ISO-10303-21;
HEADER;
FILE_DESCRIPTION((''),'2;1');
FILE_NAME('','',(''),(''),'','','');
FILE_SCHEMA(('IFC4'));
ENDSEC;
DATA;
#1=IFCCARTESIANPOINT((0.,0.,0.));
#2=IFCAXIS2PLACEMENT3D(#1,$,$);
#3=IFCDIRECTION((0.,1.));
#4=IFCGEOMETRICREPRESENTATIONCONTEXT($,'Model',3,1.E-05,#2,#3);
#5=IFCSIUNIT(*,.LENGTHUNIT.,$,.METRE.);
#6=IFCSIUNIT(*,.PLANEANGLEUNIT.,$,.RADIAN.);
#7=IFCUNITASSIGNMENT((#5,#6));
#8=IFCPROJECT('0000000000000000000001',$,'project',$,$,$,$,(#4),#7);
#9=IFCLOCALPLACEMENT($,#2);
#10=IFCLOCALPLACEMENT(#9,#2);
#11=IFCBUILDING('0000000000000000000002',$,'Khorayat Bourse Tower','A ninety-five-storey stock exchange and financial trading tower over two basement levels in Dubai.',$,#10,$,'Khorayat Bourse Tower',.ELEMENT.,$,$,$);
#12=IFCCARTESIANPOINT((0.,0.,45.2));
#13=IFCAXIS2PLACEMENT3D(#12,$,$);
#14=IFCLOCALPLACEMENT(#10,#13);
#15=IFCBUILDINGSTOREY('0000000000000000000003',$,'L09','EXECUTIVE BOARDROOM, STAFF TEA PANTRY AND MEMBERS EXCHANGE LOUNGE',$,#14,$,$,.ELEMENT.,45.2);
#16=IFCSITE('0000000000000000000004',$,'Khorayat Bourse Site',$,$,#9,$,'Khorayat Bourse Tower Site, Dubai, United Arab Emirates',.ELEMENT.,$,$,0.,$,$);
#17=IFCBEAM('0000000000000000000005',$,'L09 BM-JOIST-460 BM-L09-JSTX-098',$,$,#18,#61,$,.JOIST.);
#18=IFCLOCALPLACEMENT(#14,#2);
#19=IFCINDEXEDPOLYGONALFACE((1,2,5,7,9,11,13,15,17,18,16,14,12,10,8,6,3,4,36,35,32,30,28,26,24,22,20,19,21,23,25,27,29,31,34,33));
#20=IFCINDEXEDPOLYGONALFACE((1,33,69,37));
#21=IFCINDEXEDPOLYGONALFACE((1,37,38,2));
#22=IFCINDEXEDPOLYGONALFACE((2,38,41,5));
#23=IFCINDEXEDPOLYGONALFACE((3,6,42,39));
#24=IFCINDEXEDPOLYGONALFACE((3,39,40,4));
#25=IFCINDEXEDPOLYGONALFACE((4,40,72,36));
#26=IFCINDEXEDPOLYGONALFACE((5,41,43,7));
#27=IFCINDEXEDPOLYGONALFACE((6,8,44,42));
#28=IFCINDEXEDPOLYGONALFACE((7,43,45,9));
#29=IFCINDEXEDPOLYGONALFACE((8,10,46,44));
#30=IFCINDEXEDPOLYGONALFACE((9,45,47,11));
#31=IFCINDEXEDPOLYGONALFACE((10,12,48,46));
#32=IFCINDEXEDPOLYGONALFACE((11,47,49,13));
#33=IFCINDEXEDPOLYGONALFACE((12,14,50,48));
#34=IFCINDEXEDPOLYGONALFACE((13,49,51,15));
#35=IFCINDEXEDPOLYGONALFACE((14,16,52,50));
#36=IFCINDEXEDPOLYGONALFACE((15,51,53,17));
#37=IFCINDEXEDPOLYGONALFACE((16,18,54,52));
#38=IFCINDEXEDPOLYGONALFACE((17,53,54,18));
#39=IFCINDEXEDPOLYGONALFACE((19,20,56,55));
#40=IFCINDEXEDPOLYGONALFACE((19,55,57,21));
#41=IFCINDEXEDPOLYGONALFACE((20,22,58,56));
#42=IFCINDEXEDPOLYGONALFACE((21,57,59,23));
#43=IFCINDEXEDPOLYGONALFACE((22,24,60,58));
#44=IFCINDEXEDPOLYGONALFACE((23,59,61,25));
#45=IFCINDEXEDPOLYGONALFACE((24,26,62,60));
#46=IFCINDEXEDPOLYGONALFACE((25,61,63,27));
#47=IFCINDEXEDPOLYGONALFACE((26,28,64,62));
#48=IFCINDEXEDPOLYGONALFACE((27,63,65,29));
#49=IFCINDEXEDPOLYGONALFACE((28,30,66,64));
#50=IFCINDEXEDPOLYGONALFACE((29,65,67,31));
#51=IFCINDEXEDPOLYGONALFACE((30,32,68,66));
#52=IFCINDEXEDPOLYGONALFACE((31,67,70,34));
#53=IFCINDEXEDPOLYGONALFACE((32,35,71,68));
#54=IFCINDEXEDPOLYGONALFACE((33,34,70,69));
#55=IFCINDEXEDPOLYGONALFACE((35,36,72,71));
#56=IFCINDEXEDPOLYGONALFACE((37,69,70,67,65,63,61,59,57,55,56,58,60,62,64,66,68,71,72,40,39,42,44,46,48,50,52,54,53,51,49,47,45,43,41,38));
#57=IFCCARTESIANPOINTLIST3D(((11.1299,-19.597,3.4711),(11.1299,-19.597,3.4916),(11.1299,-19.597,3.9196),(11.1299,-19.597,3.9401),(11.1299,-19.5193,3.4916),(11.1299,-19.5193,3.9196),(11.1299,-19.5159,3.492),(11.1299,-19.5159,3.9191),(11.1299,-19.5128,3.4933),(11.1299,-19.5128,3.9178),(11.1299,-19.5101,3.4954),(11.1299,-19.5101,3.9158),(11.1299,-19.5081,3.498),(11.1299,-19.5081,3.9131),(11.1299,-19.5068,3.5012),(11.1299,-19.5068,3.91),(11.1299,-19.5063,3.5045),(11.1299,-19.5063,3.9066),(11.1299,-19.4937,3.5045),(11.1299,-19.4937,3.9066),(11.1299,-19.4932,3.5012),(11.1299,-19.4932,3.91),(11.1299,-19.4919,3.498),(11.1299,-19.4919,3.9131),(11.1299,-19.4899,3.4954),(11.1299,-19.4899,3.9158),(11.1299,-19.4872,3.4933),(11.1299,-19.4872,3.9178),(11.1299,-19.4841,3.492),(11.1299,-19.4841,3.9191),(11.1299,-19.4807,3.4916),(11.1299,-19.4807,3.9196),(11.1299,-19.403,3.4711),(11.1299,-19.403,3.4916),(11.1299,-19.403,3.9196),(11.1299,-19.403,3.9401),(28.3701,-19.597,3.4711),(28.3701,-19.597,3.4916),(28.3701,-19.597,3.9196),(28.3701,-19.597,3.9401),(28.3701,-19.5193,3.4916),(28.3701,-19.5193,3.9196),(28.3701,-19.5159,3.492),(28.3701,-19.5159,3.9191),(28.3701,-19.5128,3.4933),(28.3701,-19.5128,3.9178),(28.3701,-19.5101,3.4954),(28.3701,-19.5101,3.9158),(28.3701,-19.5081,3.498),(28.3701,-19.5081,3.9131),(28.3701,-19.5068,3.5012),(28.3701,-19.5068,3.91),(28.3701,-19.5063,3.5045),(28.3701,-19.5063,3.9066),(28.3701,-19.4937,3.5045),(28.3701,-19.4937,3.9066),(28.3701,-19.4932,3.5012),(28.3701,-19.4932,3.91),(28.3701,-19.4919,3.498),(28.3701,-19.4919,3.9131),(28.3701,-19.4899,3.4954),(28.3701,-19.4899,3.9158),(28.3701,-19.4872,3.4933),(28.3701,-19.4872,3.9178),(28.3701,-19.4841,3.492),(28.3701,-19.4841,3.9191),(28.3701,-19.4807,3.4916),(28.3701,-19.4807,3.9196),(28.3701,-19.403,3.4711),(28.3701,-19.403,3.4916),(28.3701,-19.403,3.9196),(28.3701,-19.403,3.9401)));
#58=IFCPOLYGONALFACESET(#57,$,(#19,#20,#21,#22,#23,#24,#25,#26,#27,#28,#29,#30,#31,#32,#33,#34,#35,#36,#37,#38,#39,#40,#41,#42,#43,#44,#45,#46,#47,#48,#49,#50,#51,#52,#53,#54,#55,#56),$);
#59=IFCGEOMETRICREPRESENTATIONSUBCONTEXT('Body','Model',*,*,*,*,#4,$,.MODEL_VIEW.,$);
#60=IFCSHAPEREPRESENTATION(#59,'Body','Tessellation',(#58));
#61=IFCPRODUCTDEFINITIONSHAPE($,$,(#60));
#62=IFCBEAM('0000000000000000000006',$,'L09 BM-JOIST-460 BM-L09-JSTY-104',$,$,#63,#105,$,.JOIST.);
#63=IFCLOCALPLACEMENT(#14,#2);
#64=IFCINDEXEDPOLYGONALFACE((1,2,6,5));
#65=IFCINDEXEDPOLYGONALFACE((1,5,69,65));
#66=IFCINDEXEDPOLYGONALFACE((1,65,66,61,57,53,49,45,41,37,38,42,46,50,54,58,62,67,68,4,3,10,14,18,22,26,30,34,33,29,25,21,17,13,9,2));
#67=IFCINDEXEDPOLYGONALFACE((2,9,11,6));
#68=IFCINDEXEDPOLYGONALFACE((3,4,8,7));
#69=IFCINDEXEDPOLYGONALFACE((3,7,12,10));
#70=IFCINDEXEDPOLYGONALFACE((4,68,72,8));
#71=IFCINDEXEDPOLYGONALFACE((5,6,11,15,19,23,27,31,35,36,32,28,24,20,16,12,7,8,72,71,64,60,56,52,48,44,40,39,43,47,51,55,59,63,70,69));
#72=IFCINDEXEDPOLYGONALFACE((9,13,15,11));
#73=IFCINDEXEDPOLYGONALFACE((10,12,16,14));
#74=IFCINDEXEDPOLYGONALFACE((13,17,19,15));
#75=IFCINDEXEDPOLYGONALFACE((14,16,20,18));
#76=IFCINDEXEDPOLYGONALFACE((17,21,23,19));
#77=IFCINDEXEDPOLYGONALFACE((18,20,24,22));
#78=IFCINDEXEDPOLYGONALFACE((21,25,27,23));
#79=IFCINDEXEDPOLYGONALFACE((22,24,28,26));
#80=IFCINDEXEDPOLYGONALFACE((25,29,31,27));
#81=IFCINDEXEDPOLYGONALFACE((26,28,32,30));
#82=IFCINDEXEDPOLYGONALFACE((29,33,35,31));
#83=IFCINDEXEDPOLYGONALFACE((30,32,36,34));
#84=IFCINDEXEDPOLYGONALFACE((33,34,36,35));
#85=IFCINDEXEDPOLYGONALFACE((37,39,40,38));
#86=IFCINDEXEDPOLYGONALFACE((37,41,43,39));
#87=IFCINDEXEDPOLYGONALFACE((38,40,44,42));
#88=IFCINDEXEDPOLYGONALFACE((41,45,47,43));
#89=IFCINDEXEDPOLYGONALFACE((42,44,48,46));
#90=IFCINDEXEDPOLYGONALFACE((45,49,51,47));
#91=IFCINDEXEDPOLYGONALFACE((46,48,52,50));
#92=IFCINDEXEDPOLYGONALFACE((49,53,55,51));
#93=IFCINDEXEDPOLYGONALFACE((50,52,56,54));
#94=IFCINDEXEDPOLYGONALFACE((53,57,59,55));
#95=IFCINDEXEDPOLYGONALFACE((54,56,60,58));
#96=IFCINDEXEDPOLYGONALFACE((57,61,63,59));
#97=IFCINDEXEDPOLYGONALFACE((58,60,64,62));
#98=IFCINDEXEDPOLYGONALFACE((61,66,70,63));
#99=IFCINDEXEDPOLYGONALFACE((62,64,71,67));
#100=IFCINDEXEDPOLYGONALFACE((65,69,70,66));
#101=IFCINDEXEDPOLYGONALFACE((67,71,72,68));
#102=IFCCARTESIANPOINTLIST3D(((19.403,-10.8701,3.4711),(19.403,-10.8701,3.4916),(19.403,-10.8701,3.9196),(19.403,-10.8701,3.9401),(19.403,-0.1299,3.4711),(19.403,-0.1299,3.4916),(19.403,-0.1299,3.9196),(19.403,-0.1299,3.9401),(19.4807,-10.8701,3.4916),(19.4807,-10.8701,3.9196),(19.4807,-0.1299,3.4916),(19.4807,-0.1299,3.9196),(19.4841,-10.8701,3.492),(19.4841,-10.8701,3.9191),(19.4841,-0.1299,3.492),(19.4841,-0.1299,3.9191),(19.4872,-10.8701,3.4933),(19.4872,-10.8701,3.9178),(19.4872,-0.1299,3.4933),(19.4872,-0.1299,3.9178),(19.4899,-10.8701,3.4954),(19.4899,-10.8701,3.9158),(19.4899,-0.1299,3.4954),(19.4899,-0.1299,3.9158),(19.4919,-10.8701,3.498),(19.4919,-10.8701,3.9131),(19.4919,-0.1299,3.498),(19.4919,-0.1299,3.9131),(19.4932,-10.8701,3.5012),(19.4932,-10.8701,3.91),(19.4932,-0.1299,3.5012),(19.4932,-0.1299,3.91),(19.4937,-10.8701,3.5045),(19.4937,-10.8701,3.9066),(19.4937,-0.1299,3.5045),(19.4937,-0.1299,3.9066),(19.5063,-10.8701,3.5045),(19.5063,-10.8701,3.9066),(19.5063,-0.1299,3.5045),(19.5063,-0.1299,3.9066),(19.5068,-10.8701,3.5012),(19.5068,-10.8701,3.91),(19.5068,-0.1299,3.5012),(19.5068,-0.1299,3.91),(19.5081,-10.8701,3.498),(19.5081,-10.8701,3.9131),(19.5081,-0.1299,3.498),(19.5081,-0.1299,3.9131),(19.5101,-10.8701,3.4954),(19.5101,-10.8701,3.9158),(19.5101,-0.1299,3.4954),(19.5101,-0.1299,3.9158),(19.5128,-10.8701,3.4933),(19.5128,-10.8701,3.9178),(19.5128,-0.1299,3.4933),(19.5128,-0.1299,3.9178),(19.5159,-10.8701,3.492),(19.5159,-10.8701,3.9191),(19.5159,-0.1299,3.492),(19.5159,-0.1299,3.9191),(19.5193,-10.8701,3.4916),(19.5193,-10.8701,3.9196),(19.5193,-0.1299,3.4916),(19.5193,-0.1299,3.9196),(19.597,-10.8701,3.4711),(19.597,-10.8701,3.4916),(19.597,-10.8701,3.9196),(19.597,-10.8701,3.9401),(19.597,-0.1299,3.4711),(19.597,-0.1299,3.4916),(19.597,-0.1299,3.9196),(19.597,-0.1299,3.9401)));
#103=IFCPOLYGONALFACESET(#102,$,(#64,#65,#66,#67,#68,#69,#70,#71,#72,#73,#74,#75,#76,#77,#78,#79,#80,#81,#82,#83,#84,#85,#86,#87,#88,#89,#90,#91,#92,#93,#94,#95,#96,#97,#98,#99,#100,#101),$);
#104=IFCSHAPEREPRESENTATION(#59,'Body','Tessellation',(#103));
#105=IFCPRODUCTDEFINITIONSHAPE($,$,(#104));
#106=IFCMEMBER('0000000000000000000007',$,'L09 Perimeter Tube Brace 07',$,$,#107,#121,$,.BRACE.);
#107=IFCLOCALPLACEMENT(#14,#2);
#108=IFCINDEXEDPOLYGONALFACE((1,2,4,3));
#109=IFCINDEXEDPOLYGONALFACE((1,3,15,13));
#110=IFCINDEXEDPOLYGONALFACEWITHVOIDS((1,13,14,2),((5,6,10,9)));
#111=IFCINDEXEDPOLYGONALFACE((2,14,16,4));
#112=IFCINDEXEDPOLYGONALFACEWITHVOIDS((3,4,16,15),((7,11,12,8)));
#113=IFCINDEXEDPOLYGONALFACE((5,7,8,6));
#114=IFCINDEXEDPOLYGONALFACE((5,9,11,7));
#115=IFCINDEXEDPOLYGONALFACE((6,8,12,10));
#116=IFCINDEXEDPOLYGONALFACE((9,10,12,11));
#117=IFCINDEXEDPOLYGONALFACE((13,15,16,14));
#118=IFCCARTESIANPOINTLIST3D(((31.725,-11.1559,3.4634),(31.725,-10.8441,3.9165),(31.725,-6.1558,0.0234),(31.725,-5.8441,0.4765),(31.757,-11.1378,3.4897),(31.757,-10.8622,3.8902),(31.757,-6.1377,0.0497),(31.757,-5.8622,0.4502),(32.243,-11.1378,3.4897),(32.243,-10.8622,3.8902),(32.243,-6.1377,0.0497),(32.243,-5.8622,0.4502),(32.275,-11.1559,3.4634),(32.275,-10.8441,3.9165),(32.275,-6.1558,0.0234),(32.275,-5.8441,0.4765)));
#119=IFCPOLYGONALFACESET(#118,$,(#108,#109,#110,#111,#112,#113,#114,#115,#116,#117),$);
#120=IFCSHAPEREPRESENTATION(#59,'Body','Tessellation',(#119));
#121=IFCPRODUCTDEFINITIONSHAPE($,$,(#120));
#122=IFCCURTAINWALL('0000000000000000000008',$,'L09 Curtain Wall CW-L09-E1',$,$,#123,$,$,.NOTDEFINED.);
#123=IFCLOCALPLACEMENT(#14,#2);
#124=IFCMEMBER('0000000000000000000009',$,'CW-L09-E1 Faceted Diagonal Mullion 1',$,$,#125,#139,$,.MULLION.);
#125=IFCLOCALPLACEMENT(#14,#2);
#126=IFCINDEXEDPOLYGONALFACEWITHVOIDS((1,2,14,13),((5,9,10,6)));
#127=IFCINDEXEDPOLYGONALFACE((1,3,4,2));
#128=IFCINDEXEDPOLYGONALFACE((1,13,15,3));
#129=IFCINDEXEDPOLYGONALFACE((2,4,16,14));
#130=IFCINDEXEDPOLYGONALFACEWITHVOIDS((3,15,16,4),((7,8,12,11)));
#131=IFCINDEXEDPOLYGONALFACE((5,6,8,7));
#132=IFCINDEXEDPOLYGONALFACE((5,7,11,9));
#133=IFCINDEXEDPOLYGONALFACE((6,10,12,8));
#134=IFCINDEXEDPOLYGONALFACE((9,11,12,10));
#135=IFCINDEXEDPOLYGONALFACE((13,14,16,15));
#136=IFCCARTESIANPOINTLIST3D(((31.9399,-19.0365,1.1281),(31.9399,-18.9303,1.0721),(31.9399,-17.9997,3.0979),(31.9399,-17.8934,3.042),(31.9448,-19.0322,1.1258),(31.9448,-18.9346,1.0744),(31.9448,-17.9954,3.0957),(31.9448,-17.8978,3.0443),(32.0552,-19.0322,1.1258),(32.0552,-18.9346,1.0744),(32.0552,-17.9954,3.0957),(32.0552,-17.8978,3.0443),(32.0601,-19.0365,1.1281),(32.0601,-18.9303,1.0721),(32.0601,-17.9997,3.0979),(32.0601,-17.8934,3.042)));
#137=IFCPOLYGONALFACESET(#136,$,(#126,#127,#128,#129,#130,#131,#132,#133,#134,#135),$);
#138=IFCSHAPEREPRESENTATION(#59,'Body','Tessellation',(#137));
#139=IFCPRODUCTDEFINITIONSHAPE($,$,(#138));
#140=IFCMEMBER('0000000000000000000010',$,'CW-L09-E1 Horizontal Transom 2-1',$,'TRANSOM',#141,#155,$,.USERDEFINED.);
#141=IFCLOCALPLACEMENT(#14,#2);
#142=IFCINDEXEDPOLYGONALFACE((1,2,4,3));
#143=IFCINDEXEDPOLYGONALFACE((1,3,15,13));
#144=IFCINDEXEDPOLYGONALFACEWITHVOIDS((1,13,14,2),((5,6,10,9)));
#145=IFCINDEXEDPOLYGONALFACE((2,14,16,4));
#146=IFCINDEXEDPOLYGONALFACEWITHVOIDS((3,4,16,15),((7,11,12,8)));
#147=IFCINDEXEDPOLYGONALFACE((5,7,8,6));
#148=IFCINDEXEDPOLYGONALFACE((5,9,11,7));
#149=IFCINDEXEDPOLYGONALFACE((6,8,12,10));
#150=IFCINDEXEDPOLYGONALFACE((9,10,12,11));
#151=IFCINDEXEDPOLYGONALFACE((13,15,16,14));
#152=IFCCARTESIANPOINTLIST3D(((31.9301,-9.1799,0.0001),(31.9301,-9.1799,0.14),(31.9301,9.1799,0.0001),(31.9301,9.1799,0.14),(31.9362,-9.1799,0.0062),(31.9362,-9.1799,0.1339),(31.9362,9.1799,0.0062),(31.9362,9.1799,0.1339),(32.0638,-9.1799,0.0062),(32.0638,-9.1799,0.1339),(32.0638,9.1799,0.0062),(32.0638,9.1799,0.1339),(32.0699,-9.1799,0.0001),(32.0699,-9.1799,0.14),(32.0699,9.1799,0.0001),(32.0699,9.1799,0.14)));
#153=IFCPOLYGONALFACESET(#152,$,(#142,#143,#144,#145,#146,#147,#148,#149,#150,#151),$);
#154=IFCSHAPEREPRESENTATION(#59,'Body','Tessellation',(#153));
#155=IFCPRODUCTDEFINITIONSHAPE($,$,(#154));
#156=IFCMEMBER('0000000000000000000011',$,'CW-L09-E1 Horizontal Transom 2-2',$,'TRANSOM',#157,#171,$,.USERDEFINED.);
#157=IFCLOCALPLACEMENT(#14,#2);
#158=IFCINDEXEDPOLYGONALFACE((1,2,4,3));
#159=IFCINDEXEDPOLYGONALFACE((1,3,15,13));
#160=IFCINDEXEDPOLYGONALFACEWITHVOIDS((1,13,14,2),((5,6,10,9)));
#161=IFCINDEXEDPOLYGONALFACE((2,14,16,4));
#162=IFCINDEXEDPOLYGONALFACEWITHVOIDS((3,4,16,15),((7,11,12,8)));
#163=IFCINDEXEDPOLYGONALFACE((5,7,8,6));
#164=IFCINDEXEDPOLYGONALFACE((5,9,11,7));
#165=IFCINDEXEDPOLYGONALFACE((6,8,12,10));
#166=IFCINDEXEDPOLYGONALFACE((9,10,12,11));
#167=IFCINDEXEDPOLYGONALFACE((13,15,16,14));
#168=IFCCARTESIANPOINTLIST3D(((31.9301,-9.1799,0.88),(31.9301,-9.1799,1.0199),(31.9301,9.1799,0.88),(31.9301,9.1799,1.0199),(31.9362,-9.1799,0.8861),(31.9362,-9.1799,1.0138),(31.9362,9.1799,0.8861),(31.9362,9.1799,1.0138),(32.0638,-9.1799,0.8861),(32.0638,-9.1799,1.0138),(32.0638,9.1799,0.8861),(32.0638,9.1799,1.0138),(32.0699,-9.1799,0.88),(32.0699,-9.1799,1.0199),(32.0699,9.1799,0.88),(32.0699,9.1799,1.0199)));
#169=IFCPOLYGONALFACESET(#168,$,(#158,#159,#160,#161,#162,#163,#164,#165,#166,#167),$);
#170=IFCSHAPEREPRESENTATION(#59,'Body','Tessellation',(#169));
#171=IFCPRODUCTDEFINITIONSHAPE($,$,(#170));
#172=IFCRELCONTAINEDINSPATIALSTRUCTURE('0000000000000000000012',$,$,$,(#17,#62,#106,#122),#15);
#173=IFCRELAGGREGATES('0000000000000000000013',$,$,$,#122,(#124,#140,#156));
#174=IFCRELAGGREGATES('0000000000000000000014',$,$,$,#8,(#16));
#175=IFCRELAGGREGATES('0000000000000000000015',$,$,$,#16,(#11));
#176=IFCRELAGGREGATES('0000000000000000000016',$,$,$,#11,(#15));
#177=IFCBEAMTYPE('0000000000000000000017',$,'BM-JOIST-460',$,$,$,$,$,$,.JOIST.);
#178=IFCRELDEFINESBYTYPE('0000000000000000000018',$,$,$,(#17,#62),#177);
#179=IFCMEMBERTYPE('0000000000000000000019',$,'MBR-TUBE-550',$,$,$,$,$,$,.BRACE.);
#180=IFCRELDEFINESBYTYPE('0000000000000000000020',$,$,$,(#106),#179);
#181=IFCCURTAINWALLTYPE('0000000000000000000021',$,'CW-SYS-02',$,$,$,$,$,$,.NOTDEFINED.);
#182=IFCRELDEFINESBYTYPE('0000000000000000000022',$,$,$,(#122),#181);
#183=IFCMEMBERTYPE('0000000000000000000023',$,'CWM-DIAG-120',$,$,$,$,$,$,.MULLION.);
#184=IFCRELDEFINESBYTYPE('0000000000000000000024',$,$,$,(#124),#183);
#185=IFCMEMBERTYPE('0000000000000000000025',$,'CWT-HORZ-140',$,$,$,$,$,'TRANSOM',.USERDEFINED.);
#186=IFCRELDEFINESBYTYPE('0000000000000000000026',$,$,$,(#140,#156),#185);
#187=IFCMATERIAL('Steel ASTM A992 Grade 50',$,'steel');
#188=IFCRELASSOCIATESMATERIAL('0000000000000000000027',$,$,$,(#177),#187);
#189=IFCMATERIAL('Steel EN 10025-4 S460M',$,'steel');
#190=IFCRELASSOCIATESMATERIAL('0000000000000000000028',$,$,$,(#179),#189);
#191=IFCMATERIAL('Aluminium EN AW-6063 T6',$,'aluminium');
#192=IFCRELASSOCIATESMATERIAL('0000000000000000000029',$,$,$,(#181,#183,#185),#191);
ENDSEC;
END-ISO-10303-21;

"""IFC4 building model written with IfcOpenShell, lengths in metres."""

from ifc_helpers import new_model, si_unit, direction, frame, origin, origin_2d, place, context, subcontext, project, spatial, hollow_rectangle, i_section, extrude, source, transform, mapped, material, material_profile, profile_set, type_object, element, aggregate, save


model = new_model("IFC4")

# Units and contexts
model_context = context("Model", 3, precision=1e-05, world=origin(), true_north=direction((0.0, 1.0)))
body_context = subcontext(model_context, "Body", "Model", "MODEL_VIEW")
ifc_project = project(units=[si_unit("LENGTHUNIT", "METRE"), si_unit("PLANEANGLEUNIT", "RADIAN")], contexts=[model_context])

# Site, building, storey
site_placement = place(None, origin())
site = spatial("IfcSite", under=ifc_project, at=site_placement, Name="Khorayat Bourse Site", LongName="Khorayat Bourse Tower Site, Dubai, United Arab Emirates", CompositionType="ELEMENT", RefElevation=0.0)
building_placement = place(site_placement, origin())
building = spatial("IfcBuilding", under=site, at=building_placement, Name="Khorayat Bourse Tower", Description="A ninety-five-storey stock exchange and financial trading tower over two basement levels in Dubai.", LongName="Khorayat Bourse Tower", CompositionType="ELEMENT")
storey_placement = place(building_placement, frame((0.0, 0.0, 45.2)))
storey = spatial("IfcBuildingStorey", under=building, at=storey_placement, Name="L09", Description="EXECUTIVE BOARDROOM, STAFF TEA PANTRY AND MEMBERS EXCHANGE LOUNGE", CompositionType="ELEMENT", Elevation=45.2)

# Shared definitions
ifc_material_1 = material(Name="Steel EN 10025-4 S460M", Category="steel")

# Beams
ifc_material_2 = material(Name="Steel ASTM A992 Grade 50", Category="steel")
ifc_material_profile_1 = material_profile(ifc_material_2, i_section(OverallWidth=0.1941, OverallDepth=0.469, WebThickness=0.0127, FlangeThickness=0.0205, FilletRadius=0.0129, at=origin_2d()), Name="W460X106")
ifc_profile_set_1 = profile_set([ifc_material_profile_1], Name="Steel ASTM A992 Grade 50")
beam_type_1 = type_object("IfcBeamType", Name="BM-JOIST-460", PredefinedType="JOIST", material=ifc_profile_set_1)
shared_shape_1 = source(origin(), body_context, "Body", "SweptSolid", [
    extrude(i_section(OverallWidth=0.1941, OverallDepth=0.469, WebThickness=0.0127, FlangeThickness=0.0205, FilletRadius=0.0129, at=origin_2d()), origin(), (0.0, 0.0, 1.0), 17.2402),
])
beam_1_placement = place(storey_placement, frame((11.1299, -19.5, 3.7056), z_axis=(1.0, 0.0, 0.0), x_axis=(0.0, 1.0, 0.0)))
element("IfcBeam", 1, at=beam_1_placement, inside=storey, type_object=beam_type_1, Name="L09 BM-JOIST-460 BM-L09-JSTX-098", PredefinedType="JOIST", context=body_context, shape_type="MappedRepresentation", body=[
    mapped(shared_shape_1, transform((0.0, 0.0, 0.0), scale=1.0)),
])
shared_shape_2 = source(origin(), body_context, "Body", "SweptSolid", [
    extrude(i_section(OverallWidth=0.1941, OverallDepth=0.469, WebThickness=0.0127, FlangeThickness=0.0205, FilletRadius=0.0129, at=origin_2d()), origin(), (0.0, 0.0, 1.0), 10.7402),
])
beam_2_placement = place(storey_placement, frame((19.5, -10.8701, 3.7056), z_axis=(0.0, 1.0, 0.0), x_axis=(-1.0, 0.0, 0.0)))
element("IfcBeam", 2, at=beam_2_placement, inside=storey, type_object=beam_type_1, Name="L09 BM-JOIST-460 BM-L09-JSTY-104", PredefinedType="JOIST", context=body_context, shape_type="MappedRepresentation", body=[
    mapped(shared_shape_2, transform((0.0, 0.0, 0.0), scale=1.0)),
])

# Member
ifc_material_profile_2 = material_profile(ifc_material_1, hollow_rectangle(XDim=0.55, YDim=0.55, WallThickness=0.032, at=origin_2d()), Name="HSS 550x550x32")
ifc_profile_set_2 = profile_set([ifc_material_profile_2], Name="Steel EN 10025-4 S460M")
member_type_1 = type_object("IfcMemberType", Name="MBR-TUBE-550", PredefinedType="BRACE", material=ifc_profile_set_2)
shared_shape_3 = source(origin(), body_context, "Body", "SweptSolid", [
    extrude(hollow_rectangle(XDim=0.55, YDim=0.55, WallThickness=0.032, at=origin_2d()), origin(), (0.0, 0.0, 1.0), 6.0691),
])
member_1_placement = place(storey_placement, frame((32.0, -11.0, 3.6899), z_axis=(0.0, 0.823854, -0.566802), x_axis=(-1.0, 0.0, 0.0)))
element("IfcMember", 3, at=member_1_placement, inside=storey, type_object=member_type_1, Name="L09 Perimeter Tube Brace 07", PredefinedType="BRACE", context=body_context, shape_type="MappedRepresentation", body=[
    mapped(shared_shape_3, transform((0.0, 0.0, 0.0), scale=1.0)),
])

# Curtain wall, members
ifc_material_3 = material(Name="Aluminium EN AW-6063 T6", Category="aluminium")
curtain_wall_type = type_object("IfcCurtainWallType", Name="CW-SYS-02", PredefinedType="NOTDEFINED", material=ifc_material_3)
curtain_wall_placement = place(storey_placement, origin())
curtain_wall = element("IfcCurtainWall", 4, at=curtain_wall_placement, inside=storey, type_object=curtain_wall_type, Name="L09 Curtain Wall CW-L09-E1", PredefinedType="NOTDEFINED")
ifc_material_profile_3 = material_profile(ifc_material_3, hollow_rectangle(XDim=0.1201, YDim=0.1201, WallThickness=0.0049, at=origin_2d()), Name="ALU 120x120x5")
ifc_profile_set_3 = profile_set([ifc_material_profile_3], Name="Aluminium EN AW-6063 T6")
member_type_2 = type_object("IfcMemberType", Name="CWM-DIAG-120", PredefinedType="MULLION", material=ifc_profile_set_3)
shared_shape_4 = source(origin(), body_context, "Body", "SweptSolid", [
    extrude(hollow_rectangle(XDim=0.1201, YDim=0.1201, WallThickness=0.0049, at=origin_2d()), origin(), (0.0, 0.0, 1.0), 2.2261),
])
member_2_placement = place(storey_placement, frame((32.0, -18.9834, 1.1001), z_axis=(0.0, 0.46576, 0.884911), x_axis=(-1.0, 0.0, 0.0)))
member_2 = element("IfcMember", 5, at=member_2_placement, type_object=member_type_2, Name="CW-L09-E1 Faceted Diagonal Mullion 1", PredefinedType="MULLION", context=body_context, shape_type="MappedRepresentation", body=[
    mapped(shared_shape_4, transform((0.0, 0.0, 0.0), scale=1.0)),
])
ifc_material_profile_4 = material_profile(ifc_material_3, hollow_rectangle(XDim=0.1399, YDim=0.1399, WallThickness=0.0061, at=origin_2d()), Name="ALU 140x140x6")
ifc_profile_set_4 = profile_set([ifc_material_profile_4], Name="Aluminium EN AW-6063 T6")
member_type_3 = type_object("IfcMemberType", Name="CWT-HORZ-140", ElementType="TRANSOM", PredefinedType="USERDEFINED", material=ifc_profile_set_4)
shared_shape_5 = source(origin(), body_context, "Body", "SweptSolid", [
    extrude(hollow_rectangle(XDim=0.1399, YDim=0.1399, WallThickness=0.0061, at=origin_2d()), origin(), (0.0, 0.0, 1.0), 18.3599),
])
member_3_placement = place(storey_placement, frame((32.0, -9.1799, 0.0701), z_axis=(0.0, 1.0, 0.0), x_axis=(-1.0, 0.0, 0.0)))
member_3 = element("IfcMember", 6, at=member_3_placement, type_object=member_type_3, Name="CW-L09-E1 Horizontal Transom 2-1", ObjectType="TRANSOM", PredefinedType="USERDEFINED", context=body_context, shape_type="MappedRepresentation", body=[
    mapped(shared_shape_5, transform((0.0, 0.0, 0.0), scale=1.0)),
])
member_4_placement = place(storey_placement, frame((32.0, -9.1799, 0.95), z_axis=(0.0, 1.0, 0.0), x_axis=(-1.0, 0.0, 0.0)))
member_4 = element("IfcMember", 7, at=member_4_placement, type_object=member_type_3, Name="CW-L09-E1 Horizontal Transom 2-2", ObjectType="TRANSOM", PredefinedType="USERDEFINED", context=body_context, shape_type="MappedRepresentation", body=[
    mapped(shared_shape_5, transform((0.0, 0.0, 0.0), scale=1.0)),
])

aggregate(curtain_wall, [member_2, member_3, member_4])

save(model, "model.ifc")
